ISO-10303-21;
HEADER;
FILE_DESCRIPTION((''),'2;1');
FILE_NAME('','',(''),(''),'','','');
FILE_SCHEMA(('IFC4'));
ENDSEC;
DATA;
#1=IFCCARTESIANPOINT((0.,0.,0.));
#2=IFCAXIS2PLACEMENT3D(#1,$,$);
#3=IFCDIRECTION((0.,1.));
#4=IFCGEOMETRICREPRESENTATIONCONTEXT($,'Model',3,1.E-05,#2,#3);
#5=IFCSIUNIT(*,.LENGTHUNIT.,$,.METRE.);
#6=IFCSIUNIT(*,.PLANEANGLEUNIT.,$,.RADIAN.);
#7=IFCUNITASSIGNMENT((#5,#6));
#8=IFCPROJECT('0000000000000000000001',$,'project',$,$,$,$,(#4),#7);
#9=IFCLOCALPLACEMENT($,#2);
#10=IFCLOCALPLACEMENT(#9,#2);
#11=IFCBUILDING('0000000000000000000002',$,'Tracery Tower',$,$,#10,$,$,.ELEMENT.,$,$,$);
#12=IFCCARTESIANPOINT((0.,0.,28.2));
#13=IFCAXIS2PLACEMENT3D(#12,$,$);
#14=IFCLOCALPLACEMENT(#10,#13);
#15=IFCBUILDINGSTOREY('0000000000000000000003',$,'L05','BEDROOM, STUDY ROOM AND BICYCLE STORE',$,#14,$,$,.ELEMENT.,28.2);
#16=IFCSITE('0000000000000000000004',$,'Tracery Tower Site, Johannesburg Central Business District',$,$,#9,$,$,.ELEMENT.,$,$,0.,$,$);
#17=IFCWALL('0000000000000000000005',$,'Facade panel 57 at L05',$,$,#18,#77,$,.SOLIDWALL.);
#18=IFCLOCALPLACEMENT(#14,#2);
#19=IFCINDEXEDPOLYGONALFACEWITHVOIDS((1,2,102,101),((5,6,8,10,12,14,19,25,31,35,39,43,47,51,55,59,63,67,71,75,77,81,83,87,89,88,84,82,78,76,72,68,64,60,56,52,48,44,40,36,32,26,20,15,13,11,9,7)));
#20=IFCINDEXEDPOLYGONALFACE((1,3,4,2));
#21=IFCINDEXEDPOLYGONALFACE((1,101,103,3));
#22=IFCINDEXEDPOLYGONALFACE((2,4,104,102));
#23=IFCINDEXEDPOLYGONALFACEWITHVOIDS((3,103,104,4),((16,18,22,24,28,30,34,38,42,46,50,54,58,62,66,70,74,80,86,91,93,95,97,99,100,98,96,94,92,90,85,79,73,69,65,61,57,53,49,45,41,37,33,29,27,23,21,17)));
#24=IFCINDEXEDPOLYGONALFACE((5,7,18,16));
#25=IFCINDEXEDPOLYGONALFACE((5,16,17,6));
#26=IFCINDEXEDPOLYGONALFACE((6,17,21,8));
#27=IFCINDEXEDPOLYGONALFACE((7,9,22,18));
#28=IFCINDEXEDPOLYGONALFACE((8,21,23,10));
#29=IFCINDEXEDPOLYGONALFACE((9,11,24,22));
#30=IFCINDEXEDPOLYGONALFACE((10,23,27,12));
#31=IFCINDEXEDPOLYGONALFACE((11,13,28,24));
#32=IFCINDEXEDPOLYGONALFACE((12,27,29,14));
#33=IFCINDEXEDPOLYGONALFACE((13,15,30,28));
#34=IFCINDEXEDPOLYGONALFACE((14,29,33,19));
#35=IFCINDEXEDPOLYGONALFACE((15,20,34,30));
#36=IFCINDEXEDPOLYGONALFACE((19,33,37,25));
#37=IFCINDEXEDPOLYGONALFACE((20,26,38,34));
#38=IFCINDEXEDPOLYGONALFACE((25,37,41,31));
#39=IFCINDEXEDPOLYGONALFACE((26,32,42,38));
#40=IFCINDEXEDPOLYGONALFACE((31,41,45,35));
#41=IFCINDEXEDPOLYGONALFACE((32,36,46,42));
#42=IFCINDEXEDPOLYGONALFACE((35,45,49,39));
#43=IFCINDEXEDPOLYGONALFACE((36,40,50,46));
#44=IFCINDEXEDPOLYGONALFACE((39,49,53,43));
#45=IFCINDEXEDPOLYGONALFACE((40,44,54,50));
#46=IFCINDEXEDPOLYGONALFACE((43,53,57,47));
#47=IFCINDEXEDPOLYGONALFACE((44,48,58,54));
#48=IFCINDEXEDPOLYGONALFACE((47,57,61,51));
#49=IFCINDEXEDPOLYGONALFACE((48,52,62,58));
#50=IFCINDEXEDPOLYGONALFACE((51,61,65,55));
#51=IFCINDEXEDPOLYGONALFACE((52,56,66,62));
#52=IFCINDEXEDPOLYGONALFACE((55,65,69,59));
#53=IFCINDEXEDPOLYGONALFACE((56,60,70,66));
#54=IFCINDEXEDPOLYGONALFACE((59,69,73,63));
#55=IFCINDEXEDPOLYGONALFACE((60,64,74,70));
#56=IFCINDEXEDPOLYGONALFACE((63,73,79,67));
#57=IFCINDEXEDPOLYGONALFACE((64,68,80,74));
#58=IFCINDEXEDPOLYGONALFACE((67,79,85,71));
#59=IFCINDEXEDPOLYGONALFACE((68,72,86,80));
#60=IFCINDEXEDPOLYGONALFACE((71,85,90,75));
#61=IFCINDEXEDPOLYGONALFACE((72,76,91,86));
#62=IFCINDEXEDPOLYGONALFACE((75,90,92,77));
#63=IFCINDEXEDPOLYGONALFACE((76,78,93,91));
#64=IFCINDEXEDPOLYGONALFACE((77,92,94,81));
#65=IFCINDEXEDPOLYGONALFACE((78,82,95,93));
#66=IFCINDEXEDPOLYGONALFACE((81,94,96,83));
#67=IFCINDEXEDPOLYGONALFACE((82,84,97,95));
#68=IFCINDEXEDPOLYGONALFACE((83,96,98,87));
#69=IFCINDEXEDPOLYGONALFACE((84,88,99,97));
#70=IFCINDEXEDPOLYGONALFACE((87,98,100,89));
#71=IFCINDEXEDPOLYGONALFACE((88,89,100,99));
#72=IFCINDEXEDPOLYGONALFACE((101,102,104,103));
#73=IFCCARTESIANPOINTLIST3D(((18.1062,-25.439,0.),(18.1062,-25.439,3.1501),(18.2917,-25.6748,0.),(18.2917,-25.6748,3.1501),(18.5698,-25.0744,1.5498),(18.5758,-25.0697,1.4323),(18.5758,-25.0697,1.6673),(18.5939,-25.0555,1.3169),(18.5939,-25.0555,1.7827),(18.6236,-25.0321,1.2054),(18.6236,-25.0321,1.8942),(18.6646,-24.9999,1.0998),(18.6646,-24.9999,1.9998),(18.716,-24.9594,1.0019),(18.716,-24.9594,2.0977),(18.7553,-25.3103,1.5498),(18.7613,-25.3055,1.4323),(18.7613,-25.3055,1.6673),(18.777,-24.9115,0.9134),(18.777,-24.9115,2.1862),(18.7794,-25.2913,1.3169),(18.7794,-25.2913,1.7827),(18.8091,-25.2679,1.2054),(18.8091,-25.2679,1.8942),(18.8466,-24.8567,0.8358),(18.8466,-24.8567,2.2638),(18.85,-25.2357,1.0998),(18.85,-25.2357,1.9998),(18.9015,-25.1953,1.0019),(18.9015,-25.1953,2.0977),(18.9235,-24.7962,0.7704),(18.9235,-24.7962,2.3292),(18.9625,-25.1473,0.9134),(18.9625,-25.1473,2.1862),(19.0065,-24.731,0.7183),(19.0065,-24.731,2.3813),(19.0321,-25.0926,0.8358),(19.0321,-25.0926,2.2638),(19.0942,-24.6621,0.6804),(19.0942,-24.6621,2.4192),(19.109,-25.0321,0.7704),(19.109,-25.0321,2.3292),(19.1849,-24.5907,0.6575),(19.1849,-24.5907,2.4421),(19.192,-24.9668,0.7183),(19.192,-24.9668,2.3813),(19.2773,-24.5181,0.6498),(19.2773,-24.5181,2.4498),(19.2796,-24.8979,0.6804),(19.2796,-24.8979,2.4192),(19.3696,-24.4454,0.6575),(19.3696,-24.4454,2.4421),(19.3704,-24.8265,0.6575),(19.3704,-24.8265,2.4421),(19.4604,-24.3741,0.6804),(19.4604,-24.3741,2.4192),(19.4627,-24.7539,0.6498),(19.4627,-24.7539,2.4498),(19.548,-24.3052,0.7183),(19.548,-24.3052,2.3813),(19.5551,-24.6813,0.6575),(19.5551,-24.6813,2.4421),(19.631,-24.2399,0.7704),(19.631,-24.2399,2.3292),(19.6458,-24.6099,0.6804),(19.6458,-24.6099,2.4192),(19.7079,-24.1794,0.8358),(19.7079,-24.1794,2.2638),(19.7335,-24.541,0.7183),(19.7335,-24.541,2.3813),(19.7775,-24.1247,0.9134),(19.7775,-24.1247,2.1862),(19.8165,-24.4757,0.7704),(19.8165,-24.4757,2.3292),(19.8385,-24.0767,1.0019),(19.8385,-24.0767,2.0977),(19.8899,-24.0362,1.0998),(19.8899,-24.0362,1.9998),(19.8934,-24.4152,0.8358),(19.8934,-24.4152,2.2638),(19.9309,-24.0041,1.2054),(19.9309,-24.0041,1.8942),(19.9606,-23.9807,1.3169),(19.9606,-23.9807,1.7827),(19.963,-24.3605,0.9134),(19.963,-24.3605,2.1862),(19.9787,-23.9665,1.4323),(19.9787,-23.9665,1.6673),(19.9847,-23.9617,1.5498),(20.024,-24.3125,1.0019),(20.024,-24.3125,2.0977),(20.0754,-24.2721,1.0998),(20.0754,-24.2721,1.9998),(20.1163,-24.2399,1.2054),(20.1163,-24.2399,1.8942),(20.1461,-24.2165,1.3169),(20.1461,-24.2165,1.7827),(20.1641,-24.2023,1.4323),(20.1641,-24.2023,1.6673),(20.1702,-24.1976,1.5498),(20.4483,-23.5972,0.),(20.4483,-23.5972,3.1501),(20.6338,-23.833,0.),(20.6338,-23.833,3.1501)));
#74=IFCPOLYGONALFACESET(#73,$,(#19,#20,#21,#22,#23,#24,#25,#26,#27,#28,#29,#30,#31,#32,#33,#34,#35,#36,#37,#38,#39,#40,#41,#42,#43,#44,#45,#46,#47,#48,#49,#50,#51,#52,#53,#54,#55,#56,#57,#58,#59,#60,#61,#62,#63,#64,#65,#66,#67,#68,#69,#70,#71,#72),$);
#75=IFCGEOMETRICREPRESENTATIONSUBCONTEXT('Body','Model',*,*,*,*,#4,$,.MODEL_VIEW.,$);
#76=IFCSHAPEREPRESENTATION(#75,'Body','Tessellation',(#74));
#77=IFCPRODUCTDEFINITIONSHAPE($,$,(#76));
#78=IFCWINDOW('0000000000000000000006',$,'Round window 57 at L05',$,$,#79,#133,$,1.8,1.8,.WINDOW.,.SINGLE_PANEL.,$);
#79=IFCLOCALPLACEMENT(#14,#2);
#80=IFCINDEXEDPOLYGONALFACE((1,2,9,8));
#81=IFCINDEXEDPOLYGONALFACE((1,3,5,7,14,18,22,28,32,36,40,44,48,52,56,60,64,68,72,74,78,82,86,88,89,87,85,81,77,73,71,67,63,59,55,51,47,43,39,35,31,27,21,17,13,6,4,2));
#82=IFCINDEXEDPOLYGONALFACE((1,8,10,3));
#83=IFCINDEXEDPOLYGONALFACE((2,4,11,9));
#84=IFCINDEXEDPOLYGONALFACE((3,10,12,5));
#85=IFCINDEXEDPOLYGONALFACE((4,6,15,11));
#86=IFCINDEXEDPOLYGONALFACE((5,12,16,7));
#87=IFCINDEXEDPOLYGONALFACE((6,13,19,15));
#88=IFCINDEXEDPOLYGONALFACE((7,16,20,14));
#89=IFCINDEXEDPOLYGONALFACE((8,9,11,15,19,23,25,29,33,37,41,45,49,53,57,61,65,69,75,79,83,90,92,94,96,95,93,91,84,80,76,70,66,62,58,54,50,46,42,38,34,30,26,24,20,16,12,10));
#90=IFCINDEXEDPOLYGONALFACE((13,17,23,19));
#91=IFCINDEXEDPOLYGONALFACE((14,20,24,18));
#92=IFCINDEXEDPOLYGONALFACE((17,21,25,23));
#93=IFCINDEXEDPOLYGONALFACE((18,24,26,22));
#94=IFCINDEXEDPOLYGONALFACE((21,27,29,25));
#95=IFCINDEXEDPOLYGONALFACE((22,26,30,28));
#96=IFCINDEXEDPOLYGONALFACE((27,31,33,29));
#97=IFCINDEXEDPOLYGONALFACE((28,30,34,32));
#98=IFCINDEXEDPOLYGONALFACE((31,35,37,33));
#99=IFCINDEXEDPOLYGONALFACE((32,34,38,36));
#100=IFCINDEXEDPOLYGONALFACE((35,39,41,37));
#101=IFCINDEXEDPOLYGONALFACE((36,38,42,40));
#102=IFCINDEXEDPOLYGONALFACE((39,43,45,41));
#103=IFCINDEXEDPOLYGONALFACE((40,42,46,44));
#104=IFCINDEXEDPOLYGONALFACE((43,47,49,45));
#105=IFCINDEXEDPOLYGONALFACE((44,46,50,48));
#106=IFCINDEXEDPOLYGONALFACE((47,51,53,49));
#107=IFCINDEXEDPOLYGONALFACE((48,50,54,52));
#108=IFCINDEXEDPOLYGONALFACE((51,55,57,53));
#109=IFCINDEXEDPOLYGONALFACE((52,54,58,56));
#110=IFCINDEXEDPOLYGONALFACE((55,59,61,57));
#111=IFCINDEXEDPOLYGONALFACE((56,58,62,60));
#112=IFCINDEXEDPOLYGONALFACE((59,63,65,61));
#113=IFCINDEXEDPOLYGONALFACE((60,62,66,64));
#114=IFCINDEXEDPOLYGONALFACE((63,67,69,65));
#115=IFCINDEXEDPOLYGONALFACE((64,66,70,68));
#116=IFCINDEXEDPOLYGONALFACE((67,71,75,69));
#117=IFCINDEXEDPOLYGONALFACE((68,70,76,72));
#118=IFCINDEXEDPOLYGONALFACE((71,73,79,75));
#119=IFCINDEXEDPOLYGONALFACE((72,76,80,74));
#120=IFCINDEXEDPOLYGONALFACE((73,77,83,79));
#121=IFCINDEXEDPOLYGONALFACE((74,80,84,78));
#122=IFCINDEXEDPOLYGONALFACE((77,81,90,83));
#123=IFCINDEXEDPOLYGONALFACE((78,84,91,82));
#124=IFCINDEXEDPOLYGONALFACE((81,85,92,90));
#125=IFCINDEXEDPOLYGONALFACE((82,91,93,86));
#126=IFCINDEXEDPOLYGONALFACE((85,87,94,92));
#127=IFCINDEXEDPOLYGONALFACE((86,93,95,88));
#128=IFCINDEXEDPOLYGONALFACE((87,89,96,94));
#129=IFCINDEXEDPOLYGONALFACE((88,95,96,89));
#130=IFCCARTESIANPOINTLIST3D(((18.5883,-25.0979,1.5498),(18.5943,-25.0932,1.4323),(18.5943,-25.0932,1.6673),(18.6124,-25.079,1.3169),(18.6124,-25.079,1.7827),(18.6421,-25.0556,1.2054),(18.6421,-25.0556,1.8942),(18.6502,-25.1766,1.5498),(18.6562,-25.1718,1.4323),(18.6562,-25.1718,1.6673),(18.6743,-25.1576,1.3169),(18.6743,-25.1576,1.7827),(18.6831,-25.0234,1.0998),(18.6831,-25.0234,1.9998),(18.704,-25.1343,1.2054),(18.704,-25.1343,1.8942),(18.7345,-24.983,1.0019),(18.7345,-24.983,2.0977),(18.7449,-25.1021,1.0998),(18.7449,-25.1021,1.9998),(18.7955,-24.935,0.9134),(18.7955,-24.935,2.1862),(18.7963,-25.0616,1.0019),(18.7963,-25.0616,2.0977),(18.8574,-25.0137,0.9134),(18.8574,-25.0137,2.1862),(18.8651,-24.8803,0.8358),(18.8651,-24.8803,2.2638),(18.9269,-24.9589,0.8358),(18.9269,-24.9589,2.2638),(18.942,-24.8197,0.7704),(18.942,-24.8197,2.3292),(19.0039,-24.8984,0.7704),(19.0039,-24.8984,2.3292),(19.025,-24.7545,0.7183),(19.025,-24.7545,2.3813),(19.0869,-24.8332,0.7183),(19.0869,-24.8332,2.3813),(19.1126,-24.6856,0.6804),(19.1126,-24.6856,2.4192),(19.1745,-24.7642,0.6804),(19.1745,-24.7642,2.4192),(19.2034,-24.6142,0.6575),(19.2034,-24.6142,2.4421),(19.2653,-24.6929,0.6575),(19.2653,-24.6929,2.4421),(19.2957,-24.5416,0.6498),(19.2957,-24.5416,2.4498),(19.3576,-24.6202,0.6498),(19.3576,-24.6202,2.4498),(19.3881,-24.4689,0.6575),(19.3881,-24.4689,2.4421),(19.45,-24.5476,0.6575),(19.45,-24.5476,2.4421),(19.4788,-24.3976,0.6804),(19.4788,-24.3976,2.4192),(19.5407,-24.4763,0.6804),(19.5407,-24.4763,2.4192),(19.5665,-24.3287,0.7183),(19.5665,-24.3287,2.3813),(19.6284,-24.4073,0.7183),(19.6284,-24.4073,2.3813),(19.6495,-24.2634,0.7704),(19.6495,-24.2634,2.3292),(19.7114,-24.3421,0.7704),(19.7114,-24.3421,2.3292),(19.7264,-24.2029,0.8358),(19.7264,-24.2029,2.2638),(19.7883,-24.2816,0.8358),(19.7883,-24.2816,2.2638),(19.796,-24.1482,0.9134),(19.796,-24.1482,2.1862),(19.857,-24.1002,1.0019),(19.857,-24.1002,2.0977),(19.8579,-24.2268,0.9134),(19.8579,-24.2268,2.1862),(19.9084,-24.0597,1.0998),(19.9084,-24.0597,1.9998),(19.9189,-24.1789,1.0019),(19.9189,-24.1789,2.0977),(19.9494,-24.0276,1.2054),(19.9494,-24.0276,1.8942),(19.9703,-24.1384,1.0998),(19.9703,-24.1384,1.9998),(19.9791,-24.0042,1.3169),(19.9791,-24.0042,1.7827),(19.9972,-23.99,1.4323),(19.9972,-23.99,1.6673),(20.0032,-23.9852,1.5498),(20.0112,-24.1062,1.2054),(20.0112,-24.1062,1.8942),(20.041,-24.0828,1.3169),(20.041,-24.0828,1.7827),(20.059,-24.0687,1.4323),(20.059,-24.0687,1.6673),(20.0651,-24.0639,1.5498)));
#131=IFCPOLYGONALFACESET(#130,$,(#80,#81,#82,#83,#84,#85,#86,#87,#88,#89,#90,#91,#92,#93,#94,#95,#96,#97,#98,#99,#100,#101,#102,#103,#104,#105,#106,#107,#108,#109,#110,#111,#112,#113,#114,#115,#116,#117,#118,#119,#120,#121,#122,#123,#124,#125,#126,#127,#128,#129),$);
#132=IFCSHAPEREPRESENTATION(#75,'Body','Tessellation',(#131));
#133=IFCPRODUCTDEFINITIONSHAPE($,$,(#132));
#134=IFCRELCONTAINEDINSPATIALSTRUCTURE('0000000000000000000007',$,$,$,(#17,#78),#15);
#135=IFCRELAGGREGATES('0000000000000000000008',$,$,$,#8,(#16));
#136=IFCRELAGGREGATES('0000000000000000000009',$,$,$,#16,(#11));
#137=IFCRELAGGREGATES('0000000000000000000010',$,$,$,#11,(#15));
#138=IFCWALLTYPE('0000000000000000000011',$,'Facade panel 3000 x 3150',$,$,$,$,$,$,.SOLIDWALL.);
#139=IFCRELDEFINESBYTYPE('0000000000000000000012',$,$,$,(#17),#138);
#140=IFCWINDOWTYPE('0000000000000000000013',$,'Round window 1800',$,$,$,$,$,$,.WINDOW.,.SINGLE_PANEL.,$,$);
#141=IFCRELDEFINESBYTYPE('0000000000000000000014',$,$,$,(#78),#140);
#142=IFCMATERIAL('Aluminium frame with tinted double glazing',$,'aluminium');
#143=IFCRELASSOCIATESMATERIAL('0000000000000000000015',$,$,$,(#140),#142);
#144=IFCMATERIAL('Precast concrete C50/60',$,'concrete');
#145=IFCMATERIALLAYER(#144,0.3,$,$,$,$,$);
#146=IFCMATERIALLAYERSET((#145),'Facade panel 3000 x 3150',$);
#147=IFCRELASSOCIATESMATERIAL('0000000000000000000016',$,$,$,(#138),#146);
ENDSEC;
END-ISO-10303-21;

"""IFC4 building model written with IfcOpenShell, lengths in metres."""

from ifc_helpers import new_model, si_unit, direction, frame, frame_2d, origin, origin_2d, place, context, subcontext, project, spatial, rectangle, circle, extrude, material, layer, layer_set, type_object, element, fill, save


model = new_model("IFC4")

# Units and contexts
model_context = context("Model", 3, precision=1e-05, world=origin(), true_north=direction((0.0, 1.0)))
body_context = subcontext(model_context, "Body", "Model", "MODEL_VIEW")
ifc_project = project(units=[si_unit("LENGTHUNIT", "METRE"), si_unit("PLANEANGLEUNIT", "RADIAN")], contexts=[model_context])

# Site, building, storey
site_placement = place(None, origin())
site = spatial("IfcSite", under=ifc_project, at=site_placement, Name="Tracery Tower Site, Johannesburg Central Business District", CompositionType="ELEMENT", RefElevation=0.0)
building_placement = place(site_placement, origin())
building = spatial("IfcBuilding", under=site, at=building_placement, Name="Tracery Tower", CompositionType="ELEMENT")
storey_placement = place(building_placement, frame((0.0, 0.0, 28.2)))
storey = spatial("IfcBuildingStorey", under=building, at=storey_placement, Name="L05", Description="BEDROOM, STUDY ROOM AND BICYCLE STORE", CompositionType="ELEMENT", Elevation=28.2)

# Wall, opening, window
ifc_material_1 = material(Name="Aluminium frame with tinted double glazing", Category="aluminium")
window_type = type_object("IfcWindowType", Name="Round window 1800", PartitioningType="SINGLE_PANEL", PredefinedType="WINDOW", material=ifc_material_1)
ifc_material_2 = material(Name="Precast concrete C50/60", Category="concrete")
ifc_layer_1 = layer(ifc_material_2, 0.3)
ifc_layer_set_1 = layer_set([ifc_layer_1], Name="Facade panel 3000 x 3150")
wall_type_1 = type_object("IfcWallType", Name="Facade panel 3000 x 3150", PredefinedType="SOLIDWALL", material=ifc_layer_set_1)
wall_1_placement = place(storey_placement, frame((18.199, -25.5569, 0.0), z_axis=(0.0, 0.0, 1.0), x_axis=(0.786054, 0.618158, 0.0)))
wall_1 = element("IfcWall", 1, at=wall_1_placement, inside=storey, type_object=wall_type_1, Name="Facade panel 57 at L05", PredefinedType="SOLIDWALL", context=body_context, shape_type="SweptSolid", body=[
    extrude(rectangle(XDim=2.9795, YDim=0.3, at=frame_2d((1.4897, 0.0))), origin(), (0.0, 0.0, 1.0), 3.1501),
])
opening_1_placement = place(wall_1_placement, frame((1.4897, 0.0, 1.5498)))
opening_1 = element("IfcOpeningElement", 2, at=opening_1_placement, cuts=wall_1, PredefinedType="OPENING", context=body_context, shape_type="SweptSolid", body=[
    extrude(circle(Radius=0.9, at=origin_2d()), frame((0.0, 0.1599, 0.0), z_axis=(0.0, -1.0, 0.0), x_axis=(1.0, 0.0, 0.0)), (0.0, 0.0, 1.0), 0.3201),
])
window_1_placement = place(opening_1_placement, origin())
window_1 = element("IfcWindow", 3, at=window_1_placement, inside=storey, type_object=window_type, Name="Round window 57 at L05", OverallHeight=1.8, OverallWidth=1.8, PartitioningType="SINGLE_PANEL", PredefinedType="WINDOW", context=body_context, shape_type="SweptSolid", body=[
    extrude(circle(Radius=0.9, at=origin_2d()), frame((0.0, 0.1201, 0.0), z_axis=(0.0, -1.0, 0.0), x_axis=(1.0, 0.0, 0.0)), (0.0, 0.0, 1.0), 0.1001),
])
fill(opening_1, window_1)

save(model, "model.ifc")
